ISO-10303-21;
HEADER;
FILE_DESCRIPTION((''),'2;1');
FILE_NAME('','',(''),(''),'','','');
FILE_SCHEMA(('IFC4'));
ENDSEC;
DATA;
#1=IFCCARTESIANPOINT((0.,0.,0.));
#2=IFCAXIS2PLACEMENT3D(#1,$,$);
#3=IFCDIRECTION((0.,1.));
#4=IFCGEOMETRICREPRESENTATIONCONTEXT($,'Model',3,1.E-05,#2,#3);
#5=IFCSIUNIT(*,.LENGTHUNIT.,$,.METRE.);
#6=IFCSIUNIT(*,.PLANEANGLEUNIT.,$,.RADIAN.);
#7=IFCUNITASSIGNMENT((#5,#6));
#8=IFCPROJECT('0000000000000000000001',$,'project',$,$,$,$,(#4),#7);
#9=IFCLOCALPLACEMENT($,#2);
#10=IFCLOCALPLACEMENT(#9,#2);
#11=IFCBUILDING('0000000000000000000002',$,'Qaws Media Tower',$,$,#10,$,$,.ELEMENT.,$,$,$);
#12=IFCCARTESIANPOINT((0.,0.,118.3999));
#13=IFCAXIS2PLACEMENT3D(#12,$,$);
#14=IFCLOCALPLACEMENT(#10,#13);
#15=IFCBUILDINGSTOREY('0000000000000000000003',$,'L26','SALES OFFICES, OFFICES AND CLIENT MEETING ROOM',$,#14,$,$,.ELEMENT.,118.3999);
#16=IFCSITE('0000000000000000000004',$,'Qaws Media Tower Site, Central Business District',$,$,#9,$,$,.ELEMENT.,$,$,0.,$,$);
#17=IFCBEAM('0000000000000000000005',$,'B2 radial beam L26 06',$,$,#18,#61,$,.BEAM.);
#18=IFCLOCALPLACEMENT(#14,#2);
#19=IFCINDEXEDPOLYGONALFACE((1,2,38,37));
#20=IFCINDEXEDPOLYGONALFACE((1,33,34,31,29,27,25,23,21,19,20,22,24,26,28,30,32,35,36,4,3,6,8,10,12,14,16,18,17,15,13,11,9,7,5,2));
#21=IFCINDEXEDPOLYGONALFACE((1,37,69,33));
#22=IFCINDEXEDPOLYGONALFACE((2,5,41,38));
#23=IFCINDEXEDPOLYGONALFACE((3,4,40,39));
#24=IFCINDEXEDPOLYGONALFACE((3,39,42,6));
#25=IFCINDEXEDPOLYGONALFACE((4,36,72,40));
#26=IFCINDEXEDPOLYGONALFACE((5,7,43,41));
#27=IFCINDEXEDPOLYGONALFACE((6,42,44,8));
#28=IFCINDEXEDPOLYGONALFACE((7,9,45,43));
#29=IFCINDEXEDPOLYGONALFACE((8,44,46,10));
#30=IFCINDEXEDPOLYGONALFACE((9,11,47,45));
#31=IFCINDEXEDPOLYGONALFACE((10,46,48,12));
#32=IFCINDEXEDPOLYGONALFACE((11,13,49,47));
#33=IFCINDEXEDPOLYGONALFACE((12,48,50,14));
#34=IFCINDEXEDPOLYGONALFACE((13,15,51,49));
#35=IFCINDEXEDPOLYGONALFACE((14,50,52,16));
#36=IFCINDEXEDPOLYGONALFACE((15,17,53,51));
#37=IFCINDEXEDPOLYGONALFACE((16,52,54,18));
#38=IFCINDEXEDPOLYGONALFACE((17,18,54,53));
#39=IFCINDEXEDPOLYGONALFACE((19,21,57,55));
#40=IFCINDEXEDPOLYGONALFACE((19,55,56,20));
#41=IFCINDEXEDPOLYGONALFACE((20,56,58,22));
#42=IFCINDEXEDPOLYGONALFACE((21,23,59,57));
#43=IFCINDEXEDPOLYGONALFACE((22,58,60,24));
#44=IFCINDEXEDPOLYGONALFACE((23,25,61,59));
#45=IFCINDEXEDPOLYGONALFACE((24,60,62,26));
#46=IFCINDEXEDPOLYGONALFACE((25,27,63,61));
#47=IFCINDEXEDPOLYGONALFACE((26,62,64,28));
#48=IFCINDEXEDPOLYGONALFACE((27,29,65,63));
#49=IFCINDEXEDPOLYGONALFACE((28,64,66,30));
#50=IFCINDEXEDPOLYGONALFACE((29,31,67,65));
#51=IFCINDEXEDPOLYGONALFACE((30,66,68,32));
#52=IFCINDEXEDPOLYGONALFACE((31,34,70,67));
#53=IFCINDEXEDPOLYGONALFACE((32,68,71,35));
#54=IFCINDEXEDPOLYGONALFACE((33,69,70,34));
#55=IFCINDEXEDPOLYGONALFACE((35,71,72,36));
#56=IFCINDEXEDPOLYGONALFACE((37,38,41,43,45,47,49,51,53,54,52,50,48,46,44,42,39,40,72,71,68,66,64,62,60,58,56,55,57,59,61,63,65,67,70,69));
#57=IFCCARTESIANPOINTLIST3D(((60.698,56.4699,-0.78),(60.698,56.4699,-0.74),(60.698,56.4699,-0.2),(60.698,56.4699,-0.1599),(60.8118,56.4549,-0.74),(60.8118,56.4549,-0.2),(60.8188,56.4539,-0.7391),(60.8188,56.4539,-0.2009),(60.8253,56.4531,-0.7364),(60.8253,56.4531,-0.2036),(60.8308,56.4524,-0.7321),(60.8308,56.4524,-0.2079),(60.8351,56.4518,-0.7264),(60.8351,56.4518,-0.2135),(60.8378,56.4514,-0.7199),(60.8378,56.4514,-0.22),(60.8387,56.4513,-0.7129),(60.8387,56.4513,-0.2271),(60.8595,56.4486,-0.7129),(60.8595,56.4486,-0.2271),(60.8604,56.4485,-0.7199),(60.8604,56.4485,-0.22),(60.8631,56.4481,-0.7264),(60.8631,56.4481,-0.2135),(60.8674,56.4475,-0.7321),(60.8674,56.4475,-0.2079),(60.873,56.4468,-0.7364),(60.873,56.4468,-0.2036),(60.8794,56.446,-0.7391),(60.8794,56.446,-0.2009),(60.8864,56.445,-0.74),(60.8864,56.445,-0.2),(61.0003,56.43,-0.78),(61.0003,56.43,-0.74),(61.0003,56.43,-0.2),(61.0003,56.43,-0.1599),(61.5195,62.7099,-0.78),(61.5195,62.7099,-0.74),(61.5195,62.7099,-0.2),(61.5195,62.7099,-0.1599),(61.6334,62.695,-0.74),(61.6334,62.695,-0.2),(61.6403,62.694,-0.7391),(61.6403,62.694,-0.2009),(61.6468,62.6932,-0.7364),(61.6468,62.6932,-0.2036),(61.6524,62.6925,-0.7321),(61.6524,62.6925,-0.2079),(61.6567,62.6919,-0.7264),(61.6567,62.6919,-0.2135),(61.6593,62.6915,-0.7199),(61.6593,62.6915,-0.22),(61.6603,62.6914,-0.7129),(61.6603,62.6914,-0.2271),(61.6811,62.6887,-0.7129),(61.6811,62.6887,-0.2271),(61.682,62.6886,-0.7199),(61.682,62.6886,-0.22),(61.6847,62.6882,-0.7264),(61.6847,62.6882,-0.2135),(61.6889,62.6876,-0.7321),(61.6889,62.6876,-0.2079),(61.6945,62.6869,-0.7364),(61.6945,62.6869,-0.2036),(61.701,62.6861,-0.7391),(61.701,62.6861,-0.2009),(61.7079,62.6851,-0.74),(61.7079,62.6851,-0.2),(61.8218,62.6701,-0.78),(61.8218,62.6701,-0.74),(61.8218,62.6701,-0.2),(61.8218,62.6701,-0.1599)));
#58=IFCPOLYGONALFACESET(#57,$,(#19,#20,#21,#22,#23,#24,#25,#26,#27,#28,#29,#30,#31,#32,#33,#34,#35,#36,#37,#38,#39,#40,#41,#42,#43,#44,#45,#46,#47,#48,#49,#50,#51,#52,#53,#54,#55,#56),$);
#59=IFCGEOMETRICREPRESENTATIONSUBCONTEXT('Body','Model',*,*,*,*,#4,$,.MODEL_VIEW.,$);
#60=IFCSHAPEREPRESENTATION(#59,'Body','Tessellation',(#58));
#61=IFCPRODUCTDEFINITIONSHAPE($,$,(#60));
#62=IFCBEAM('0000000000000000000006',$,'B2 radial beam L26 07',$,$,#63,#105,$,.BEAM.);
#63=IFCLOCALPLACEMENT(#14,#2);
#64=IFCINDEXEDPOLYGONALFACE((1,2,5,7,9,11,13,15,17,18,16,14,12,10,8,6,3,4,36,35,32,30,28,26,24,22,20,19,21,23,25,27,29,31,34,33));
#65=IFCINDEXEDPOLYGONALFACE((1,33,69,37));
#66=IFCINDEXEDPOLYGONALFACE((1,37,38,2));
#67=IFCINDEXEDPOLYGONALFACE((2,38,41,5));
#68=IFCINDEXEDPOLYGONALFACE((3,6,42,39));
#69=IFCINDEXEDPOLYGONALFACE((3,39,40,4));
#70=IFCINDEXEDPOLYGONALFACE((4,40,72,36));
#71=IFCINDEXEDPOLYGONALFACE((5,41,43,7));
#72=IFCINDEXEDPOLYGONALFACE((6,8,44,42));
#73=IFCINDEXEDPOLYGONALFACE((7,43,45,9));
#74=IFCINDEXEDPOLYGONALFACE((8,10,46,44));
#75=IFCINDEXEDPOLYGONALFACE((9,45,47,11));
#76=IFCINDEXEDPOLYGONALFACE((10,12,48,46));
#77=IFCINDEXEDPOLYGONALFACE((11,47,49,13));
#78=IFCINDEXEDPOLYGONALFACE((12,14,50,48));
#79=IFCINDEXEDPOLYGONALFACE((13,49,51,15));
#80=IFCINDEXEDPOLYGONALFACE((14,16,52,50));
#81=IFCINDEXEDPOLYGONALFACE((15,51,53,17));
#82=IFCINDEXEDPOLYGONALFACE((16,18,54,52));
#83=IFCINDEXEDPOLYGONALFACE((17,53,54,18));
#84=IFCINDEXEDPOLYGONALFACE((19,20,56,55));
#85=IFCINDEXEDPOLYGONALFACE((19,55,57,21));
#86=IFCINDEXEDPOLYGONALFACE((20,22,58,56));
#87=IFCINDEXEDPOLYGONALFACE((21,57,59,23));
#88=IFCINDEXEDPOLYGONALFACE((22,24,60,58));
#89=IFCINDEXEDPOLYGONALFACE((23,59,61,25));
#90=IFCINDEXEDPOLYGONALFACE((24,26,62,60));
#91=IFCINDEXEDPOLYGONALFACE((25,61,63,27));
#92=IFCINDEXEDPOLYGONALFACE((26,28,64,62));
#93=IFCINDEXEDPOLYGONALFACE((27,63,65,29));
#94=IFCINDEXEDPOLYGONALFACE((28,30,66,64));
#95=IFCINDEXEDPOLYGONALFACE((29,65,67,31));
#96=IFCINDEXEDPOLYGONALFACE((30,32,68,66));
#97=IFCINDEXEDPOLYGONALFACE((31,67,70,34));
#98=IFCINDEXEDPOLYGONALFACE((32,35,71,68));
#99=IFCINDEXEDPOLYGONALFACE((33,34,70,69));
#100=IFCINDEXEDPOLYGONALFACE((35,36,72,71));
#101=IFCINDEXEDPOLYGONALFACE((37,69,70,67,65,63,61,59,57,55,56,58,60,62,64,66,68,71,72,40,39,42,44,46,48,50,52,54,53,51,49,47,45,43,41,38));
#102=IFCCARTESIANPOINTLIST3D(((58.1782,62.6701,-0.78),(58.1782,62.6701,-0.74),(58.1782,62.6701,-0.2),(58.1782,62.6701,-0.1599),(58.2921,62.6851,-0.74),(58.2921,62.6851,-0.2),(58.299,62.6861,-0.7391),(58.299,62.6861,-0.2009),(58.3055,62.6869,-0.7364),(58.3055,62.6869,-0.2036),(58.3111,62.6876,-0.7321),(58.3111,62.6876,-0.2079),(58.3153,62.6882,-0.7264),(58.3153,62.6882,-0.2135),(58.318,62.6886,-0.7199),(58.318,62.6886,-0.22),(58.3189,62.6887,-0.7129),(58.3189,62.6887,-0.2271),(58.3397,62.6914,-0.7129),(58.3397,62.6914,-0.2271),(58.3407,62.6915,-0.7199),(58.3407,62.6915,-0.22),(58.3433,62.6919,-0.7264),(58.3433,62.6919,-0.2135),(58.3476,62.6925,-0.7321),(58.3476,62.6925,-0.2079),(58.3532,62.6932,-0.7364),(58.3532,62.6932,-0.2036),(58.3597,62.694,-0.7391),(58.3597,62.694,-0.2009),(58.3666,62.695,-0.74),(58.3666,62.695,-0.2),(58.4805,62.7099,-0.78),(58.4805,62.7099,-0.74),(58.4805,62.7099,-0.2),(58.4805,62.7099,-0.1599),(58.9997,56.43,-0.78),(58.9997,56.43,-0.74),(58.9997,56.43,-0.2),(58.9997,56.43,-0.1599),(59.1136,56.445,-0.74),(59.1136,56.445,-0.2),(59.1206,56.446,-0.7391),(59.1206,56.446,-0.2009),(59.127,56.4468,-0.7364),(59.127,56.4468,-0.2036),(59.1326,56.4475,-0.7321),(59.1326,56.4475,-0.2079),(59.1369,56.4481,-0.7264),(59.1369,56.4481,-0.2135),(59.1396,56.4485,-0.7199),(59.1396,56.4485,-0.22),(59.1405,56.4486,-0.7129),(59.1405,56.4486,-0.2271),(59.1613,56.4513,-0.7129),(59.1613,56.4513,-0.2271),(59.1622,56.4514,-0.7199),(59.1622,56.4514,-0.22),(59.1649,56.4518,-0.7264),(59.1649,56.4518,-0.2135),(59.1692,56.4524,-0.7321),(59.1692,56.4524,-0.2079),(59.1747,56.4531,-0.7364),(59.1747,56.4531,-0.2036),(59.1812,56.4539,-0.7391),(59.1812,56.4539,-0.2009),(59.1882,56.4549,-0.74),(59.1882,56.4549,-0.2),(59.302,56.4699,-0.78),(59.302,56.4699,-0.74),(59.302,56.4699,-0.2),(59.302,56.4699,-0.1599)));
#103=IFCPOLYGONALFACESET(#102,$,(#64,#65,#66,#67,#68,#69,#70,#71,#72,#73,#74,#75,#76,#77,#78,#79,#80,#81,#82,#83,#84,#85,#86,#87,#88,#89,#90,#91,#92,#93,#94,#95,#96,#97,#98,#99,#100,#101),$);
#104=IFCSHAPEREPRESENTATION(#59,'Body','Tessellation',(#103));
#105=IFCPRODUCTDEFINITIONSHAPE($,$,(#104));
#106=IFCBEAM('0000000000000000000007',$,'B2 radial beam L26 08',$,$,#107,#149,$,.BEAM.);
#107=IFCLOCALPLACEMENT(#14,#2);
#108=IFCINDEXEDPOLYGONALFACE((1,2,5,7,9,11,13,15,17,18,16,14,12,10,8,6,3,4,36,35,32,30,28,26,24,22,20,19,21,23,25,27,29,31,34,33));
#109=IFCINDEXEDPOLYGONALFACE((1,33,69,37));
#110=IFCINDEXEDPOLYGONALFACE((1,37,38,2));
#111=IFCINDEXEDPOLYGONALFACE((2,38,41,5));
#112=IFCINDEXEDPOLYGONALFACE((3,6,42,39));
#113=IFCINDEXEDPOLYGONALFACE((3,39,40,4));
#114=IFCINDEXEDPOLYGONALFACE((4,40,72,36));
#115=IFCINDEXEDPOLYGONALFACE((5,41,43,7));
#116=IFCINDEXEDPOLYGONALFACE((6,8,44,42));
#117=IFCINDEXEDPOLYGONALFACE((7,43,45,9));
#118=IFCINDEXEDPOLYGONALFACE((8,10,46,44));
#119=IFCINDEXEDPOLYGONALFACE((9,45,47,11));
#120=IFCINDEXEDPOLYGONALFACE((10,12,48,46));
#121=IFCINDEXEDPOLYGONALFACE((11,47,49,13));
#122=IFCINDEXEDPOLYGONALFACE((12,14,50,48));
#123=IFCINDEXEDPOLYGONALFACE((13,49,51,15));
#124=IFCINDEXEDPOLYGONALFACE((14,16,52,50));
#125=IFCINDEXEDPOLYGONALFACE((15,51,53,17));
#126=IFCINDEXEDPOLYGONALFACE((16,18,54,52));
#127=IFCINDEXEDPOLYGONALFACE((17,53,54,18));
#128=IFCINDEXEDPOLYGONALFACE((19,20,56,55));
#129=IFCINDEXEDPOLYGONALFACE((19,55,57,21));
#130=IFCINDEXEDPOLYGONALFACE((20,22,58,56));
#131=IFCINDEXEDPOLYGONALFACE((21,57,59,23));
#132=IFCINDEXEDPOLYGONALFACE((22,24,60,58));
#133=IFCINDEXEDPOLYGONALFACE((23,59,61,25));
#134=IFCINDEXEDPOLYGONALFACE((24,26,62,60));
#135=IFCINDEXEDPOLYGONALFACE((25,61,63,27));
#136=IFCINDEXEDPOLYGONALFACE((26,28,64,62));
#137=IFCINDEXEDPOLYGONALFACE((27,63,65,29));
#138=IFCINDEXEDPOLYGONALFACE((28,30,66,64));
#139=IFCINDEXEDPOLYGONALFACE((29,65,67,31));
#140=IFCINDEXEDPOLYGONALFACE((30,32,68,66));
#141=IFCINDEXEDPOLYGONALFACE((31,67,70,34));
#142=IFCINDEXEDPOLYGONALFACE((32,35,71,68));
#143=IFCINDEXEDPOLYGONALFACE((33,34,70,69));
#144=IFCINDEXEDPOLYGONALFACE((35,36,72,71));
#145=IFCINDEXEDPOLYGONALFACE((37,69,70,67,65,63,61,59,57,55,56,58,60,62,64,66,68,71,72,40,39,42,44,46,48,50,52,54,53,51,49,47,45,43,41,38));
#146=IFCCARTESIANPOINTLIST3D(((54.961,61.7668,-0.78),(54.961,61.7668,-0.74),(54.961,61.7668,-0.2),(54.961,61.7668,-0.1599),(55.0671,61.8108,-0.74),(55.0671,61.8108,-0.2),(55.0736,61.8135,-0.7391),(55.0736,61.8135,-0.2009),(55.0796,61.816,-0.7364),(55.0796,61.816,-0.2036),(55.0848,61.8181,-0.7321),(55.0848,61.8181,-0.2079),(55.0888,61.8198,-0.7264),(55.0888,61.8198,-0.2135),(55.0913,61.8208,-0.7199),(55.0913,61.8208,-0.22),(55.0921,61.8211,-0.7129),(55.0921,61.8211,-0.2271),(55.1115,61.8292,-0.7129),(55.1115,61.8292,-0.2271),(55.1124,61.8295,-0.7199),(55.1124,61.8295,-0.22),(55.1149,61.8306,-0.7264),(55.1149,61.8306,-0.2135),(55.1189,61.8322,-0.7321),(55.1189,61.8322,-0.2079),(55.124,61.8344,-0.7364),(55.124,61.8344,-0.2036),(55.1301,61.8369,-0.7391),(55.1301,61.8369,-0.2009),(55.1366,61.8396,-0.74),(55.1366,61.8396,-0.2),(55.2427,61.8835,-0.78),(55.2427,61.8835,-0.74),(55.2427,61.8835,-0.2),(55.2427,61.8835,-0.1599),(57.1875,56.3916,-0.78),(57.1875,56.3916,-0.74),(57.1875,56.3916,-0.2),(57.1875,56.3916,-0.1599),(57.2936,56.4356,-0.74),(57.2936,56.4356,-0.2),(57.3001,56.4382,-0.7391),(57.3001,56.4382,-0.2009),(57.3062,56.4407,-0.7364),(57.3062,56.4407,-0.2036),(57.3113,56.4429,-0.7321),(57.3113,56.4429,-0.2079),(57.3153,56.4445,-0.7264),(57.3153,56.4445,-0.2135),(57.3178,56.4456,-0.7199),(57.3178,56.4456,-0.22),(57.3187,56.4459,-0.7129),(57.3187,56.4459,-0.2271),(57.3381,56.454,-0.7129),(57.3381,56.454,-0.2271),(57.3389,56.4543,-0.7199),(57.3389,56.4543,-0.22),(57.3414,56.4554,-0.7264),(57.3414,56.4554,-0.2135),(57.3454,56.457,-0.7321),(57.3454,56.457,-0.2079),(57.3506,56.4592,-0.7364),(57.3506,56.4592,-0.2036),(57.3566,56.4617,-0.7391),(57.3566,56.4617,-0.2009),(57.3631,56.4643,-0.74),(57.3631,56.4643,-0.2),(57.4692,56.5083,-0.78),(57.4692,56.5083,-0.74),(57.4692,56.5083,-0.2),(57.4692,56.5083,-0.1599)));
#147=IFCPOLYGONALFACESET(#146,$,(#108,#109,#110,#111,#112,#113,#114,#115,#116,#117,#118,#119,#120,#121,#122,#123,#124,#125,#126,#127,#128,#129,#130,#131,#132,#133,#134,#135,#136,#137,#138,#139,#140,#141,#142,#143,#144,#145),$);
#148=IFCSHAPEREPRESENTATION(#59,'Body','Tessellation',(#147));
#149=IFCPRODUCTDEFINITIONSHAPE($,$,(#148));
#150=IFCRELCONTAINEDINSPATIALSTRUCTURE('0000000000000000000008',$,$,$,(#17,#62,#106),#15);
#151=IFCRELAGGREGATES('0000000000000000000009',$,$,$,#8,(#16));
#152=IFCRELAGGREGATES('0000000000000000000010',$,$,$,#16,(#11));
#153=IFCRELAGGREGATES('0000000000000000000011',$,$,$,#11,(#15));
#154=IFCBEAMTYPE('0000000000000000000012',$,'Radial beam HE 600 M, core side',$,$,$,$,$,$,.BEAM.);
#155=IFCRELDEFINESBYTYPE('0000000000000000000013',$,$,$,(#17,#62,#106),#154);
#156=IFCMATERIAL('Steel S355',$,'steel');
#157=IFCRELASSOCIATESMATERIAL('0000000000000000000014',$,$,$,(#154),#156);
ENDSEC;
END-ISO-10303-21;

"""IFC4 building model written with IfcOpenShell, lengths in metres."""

from ifc_helpers import new_model, si_unit, direction, frame, origin, origin_2d, place, context, subcontext, project, spatial, i_section, extrude, material, material_profile, profile_set, type_object, element, save


model = new_model("IFC4")

# Units and contexts
model_context = context("Model", 3, precision=1e-05, world=origin(), true_north=direction((0.0, 1.0)))
body_context = subcontext(model_context, "Body", "Model", "MODEL_VIEW")
ifc_project = project(units=[si_unit("LENGTHUNIT", "METRE"), si_unit("PLANEANGLEUNIT", "RADIAN")], contexts=[model_context])

# Site, building, storey
site_placement = place(None, origin())
site = spatial("IfcSite", under=ifc_project, at=site_placement, Name="Qaws Media Tower Site, Central Business District", CompositionType="ELEMENT", RefElevation=0.0)
building_placement = place(site_placement, origin())
building = spatial("IfcBuilding", under=site, at=building_placement, Name="Qaws Media Tower", CompositionType="ELEMENT")
storey_placement = place(building_placement, frame((0.0, 0.0, 118.3999)))
storey = spatial("IfcBuildingStorey", under=building, at=storey_placement, Name="L26", Description="SALES OFFICES, OFFICES AND CLIENT MEETING ROOM", CompositionType="ELEMENT", Elevation=118.3999)

# Beams
ifc_material_1 = material(Name="Steel S355", Category="steel")
ifc_material_profile = material_profile(ifc_material_1, i_section(OverallWidth=0.3049, OverallDepth=0.6201, WebThickness=0.021, FlangeThickness=0.04, FilletRadius=0.0271, at=origin_2d()), Name="HE 600 M")
ifc_profile_set = profile_set([ifc_material_profile], Name="Steel S355")
beam_type = type_object("IfcBeamType", Name="Radial beam HE 600 M, core side", PredefinedType="BEAM", material=ifc_profile_set)
for number, where, z_axis, x_axis, name in (
    (1, (60.8491, 56.45, -0.47), (0.13053, 0.991444, 0.0), (-0.991444, 0.13053, 0.0), "B2 radial beam L26 06"),
    (2, (59.1509, 56.45, -0.47), (-0.13053, 0.991444, 0.0), (-0.991444, -0.13053, 0.0), "B2 radial beam L26 07"),
):
    element("IfcBeam", number, at=place(storey_placement, frame(where, z_axis=z_axis, x_axis=x_axis)), inside=storey, type_object=beam_type, Name=name, PredefinedType="BEAM", context=body_context, shape_type="SweptSolid", body=[
        extrude(i_section(OverallWidth=0.3049, OverallDepth=0.6201, WebThickness=0.021, FlangeThickness=0.04, FilletRadius=0.0271, at=origin_2d()), origin(), (0.0, 0.0, 1.0), 6.2939),
    ])
beam_placement = place(storey_placement, frame((57.3284, 56.45, -0.47), z_axis=(-0.382693, 0.923876, 0.0), x_axis=(-0.923876, -0.382693, 0.0)))
element("IfcBeam", 3, at=beam_placement, inside=storey, type_object=beam_type, Name="B2 radial beam L26 08", PredefinedType="BEAM", context=body_context, shape_type="SweptSolid", body=[
    extrude(i_section(OverallWidth=0.3049, OverallDepth=0.6201, WebThickness=0.021, FlangeThickness=0.04, FilletRadius=0.0271, at=origin_2d()), origin(), (0.0, 0.0, 1.0), 5.8181),
])

save(model, "model.ifc")
